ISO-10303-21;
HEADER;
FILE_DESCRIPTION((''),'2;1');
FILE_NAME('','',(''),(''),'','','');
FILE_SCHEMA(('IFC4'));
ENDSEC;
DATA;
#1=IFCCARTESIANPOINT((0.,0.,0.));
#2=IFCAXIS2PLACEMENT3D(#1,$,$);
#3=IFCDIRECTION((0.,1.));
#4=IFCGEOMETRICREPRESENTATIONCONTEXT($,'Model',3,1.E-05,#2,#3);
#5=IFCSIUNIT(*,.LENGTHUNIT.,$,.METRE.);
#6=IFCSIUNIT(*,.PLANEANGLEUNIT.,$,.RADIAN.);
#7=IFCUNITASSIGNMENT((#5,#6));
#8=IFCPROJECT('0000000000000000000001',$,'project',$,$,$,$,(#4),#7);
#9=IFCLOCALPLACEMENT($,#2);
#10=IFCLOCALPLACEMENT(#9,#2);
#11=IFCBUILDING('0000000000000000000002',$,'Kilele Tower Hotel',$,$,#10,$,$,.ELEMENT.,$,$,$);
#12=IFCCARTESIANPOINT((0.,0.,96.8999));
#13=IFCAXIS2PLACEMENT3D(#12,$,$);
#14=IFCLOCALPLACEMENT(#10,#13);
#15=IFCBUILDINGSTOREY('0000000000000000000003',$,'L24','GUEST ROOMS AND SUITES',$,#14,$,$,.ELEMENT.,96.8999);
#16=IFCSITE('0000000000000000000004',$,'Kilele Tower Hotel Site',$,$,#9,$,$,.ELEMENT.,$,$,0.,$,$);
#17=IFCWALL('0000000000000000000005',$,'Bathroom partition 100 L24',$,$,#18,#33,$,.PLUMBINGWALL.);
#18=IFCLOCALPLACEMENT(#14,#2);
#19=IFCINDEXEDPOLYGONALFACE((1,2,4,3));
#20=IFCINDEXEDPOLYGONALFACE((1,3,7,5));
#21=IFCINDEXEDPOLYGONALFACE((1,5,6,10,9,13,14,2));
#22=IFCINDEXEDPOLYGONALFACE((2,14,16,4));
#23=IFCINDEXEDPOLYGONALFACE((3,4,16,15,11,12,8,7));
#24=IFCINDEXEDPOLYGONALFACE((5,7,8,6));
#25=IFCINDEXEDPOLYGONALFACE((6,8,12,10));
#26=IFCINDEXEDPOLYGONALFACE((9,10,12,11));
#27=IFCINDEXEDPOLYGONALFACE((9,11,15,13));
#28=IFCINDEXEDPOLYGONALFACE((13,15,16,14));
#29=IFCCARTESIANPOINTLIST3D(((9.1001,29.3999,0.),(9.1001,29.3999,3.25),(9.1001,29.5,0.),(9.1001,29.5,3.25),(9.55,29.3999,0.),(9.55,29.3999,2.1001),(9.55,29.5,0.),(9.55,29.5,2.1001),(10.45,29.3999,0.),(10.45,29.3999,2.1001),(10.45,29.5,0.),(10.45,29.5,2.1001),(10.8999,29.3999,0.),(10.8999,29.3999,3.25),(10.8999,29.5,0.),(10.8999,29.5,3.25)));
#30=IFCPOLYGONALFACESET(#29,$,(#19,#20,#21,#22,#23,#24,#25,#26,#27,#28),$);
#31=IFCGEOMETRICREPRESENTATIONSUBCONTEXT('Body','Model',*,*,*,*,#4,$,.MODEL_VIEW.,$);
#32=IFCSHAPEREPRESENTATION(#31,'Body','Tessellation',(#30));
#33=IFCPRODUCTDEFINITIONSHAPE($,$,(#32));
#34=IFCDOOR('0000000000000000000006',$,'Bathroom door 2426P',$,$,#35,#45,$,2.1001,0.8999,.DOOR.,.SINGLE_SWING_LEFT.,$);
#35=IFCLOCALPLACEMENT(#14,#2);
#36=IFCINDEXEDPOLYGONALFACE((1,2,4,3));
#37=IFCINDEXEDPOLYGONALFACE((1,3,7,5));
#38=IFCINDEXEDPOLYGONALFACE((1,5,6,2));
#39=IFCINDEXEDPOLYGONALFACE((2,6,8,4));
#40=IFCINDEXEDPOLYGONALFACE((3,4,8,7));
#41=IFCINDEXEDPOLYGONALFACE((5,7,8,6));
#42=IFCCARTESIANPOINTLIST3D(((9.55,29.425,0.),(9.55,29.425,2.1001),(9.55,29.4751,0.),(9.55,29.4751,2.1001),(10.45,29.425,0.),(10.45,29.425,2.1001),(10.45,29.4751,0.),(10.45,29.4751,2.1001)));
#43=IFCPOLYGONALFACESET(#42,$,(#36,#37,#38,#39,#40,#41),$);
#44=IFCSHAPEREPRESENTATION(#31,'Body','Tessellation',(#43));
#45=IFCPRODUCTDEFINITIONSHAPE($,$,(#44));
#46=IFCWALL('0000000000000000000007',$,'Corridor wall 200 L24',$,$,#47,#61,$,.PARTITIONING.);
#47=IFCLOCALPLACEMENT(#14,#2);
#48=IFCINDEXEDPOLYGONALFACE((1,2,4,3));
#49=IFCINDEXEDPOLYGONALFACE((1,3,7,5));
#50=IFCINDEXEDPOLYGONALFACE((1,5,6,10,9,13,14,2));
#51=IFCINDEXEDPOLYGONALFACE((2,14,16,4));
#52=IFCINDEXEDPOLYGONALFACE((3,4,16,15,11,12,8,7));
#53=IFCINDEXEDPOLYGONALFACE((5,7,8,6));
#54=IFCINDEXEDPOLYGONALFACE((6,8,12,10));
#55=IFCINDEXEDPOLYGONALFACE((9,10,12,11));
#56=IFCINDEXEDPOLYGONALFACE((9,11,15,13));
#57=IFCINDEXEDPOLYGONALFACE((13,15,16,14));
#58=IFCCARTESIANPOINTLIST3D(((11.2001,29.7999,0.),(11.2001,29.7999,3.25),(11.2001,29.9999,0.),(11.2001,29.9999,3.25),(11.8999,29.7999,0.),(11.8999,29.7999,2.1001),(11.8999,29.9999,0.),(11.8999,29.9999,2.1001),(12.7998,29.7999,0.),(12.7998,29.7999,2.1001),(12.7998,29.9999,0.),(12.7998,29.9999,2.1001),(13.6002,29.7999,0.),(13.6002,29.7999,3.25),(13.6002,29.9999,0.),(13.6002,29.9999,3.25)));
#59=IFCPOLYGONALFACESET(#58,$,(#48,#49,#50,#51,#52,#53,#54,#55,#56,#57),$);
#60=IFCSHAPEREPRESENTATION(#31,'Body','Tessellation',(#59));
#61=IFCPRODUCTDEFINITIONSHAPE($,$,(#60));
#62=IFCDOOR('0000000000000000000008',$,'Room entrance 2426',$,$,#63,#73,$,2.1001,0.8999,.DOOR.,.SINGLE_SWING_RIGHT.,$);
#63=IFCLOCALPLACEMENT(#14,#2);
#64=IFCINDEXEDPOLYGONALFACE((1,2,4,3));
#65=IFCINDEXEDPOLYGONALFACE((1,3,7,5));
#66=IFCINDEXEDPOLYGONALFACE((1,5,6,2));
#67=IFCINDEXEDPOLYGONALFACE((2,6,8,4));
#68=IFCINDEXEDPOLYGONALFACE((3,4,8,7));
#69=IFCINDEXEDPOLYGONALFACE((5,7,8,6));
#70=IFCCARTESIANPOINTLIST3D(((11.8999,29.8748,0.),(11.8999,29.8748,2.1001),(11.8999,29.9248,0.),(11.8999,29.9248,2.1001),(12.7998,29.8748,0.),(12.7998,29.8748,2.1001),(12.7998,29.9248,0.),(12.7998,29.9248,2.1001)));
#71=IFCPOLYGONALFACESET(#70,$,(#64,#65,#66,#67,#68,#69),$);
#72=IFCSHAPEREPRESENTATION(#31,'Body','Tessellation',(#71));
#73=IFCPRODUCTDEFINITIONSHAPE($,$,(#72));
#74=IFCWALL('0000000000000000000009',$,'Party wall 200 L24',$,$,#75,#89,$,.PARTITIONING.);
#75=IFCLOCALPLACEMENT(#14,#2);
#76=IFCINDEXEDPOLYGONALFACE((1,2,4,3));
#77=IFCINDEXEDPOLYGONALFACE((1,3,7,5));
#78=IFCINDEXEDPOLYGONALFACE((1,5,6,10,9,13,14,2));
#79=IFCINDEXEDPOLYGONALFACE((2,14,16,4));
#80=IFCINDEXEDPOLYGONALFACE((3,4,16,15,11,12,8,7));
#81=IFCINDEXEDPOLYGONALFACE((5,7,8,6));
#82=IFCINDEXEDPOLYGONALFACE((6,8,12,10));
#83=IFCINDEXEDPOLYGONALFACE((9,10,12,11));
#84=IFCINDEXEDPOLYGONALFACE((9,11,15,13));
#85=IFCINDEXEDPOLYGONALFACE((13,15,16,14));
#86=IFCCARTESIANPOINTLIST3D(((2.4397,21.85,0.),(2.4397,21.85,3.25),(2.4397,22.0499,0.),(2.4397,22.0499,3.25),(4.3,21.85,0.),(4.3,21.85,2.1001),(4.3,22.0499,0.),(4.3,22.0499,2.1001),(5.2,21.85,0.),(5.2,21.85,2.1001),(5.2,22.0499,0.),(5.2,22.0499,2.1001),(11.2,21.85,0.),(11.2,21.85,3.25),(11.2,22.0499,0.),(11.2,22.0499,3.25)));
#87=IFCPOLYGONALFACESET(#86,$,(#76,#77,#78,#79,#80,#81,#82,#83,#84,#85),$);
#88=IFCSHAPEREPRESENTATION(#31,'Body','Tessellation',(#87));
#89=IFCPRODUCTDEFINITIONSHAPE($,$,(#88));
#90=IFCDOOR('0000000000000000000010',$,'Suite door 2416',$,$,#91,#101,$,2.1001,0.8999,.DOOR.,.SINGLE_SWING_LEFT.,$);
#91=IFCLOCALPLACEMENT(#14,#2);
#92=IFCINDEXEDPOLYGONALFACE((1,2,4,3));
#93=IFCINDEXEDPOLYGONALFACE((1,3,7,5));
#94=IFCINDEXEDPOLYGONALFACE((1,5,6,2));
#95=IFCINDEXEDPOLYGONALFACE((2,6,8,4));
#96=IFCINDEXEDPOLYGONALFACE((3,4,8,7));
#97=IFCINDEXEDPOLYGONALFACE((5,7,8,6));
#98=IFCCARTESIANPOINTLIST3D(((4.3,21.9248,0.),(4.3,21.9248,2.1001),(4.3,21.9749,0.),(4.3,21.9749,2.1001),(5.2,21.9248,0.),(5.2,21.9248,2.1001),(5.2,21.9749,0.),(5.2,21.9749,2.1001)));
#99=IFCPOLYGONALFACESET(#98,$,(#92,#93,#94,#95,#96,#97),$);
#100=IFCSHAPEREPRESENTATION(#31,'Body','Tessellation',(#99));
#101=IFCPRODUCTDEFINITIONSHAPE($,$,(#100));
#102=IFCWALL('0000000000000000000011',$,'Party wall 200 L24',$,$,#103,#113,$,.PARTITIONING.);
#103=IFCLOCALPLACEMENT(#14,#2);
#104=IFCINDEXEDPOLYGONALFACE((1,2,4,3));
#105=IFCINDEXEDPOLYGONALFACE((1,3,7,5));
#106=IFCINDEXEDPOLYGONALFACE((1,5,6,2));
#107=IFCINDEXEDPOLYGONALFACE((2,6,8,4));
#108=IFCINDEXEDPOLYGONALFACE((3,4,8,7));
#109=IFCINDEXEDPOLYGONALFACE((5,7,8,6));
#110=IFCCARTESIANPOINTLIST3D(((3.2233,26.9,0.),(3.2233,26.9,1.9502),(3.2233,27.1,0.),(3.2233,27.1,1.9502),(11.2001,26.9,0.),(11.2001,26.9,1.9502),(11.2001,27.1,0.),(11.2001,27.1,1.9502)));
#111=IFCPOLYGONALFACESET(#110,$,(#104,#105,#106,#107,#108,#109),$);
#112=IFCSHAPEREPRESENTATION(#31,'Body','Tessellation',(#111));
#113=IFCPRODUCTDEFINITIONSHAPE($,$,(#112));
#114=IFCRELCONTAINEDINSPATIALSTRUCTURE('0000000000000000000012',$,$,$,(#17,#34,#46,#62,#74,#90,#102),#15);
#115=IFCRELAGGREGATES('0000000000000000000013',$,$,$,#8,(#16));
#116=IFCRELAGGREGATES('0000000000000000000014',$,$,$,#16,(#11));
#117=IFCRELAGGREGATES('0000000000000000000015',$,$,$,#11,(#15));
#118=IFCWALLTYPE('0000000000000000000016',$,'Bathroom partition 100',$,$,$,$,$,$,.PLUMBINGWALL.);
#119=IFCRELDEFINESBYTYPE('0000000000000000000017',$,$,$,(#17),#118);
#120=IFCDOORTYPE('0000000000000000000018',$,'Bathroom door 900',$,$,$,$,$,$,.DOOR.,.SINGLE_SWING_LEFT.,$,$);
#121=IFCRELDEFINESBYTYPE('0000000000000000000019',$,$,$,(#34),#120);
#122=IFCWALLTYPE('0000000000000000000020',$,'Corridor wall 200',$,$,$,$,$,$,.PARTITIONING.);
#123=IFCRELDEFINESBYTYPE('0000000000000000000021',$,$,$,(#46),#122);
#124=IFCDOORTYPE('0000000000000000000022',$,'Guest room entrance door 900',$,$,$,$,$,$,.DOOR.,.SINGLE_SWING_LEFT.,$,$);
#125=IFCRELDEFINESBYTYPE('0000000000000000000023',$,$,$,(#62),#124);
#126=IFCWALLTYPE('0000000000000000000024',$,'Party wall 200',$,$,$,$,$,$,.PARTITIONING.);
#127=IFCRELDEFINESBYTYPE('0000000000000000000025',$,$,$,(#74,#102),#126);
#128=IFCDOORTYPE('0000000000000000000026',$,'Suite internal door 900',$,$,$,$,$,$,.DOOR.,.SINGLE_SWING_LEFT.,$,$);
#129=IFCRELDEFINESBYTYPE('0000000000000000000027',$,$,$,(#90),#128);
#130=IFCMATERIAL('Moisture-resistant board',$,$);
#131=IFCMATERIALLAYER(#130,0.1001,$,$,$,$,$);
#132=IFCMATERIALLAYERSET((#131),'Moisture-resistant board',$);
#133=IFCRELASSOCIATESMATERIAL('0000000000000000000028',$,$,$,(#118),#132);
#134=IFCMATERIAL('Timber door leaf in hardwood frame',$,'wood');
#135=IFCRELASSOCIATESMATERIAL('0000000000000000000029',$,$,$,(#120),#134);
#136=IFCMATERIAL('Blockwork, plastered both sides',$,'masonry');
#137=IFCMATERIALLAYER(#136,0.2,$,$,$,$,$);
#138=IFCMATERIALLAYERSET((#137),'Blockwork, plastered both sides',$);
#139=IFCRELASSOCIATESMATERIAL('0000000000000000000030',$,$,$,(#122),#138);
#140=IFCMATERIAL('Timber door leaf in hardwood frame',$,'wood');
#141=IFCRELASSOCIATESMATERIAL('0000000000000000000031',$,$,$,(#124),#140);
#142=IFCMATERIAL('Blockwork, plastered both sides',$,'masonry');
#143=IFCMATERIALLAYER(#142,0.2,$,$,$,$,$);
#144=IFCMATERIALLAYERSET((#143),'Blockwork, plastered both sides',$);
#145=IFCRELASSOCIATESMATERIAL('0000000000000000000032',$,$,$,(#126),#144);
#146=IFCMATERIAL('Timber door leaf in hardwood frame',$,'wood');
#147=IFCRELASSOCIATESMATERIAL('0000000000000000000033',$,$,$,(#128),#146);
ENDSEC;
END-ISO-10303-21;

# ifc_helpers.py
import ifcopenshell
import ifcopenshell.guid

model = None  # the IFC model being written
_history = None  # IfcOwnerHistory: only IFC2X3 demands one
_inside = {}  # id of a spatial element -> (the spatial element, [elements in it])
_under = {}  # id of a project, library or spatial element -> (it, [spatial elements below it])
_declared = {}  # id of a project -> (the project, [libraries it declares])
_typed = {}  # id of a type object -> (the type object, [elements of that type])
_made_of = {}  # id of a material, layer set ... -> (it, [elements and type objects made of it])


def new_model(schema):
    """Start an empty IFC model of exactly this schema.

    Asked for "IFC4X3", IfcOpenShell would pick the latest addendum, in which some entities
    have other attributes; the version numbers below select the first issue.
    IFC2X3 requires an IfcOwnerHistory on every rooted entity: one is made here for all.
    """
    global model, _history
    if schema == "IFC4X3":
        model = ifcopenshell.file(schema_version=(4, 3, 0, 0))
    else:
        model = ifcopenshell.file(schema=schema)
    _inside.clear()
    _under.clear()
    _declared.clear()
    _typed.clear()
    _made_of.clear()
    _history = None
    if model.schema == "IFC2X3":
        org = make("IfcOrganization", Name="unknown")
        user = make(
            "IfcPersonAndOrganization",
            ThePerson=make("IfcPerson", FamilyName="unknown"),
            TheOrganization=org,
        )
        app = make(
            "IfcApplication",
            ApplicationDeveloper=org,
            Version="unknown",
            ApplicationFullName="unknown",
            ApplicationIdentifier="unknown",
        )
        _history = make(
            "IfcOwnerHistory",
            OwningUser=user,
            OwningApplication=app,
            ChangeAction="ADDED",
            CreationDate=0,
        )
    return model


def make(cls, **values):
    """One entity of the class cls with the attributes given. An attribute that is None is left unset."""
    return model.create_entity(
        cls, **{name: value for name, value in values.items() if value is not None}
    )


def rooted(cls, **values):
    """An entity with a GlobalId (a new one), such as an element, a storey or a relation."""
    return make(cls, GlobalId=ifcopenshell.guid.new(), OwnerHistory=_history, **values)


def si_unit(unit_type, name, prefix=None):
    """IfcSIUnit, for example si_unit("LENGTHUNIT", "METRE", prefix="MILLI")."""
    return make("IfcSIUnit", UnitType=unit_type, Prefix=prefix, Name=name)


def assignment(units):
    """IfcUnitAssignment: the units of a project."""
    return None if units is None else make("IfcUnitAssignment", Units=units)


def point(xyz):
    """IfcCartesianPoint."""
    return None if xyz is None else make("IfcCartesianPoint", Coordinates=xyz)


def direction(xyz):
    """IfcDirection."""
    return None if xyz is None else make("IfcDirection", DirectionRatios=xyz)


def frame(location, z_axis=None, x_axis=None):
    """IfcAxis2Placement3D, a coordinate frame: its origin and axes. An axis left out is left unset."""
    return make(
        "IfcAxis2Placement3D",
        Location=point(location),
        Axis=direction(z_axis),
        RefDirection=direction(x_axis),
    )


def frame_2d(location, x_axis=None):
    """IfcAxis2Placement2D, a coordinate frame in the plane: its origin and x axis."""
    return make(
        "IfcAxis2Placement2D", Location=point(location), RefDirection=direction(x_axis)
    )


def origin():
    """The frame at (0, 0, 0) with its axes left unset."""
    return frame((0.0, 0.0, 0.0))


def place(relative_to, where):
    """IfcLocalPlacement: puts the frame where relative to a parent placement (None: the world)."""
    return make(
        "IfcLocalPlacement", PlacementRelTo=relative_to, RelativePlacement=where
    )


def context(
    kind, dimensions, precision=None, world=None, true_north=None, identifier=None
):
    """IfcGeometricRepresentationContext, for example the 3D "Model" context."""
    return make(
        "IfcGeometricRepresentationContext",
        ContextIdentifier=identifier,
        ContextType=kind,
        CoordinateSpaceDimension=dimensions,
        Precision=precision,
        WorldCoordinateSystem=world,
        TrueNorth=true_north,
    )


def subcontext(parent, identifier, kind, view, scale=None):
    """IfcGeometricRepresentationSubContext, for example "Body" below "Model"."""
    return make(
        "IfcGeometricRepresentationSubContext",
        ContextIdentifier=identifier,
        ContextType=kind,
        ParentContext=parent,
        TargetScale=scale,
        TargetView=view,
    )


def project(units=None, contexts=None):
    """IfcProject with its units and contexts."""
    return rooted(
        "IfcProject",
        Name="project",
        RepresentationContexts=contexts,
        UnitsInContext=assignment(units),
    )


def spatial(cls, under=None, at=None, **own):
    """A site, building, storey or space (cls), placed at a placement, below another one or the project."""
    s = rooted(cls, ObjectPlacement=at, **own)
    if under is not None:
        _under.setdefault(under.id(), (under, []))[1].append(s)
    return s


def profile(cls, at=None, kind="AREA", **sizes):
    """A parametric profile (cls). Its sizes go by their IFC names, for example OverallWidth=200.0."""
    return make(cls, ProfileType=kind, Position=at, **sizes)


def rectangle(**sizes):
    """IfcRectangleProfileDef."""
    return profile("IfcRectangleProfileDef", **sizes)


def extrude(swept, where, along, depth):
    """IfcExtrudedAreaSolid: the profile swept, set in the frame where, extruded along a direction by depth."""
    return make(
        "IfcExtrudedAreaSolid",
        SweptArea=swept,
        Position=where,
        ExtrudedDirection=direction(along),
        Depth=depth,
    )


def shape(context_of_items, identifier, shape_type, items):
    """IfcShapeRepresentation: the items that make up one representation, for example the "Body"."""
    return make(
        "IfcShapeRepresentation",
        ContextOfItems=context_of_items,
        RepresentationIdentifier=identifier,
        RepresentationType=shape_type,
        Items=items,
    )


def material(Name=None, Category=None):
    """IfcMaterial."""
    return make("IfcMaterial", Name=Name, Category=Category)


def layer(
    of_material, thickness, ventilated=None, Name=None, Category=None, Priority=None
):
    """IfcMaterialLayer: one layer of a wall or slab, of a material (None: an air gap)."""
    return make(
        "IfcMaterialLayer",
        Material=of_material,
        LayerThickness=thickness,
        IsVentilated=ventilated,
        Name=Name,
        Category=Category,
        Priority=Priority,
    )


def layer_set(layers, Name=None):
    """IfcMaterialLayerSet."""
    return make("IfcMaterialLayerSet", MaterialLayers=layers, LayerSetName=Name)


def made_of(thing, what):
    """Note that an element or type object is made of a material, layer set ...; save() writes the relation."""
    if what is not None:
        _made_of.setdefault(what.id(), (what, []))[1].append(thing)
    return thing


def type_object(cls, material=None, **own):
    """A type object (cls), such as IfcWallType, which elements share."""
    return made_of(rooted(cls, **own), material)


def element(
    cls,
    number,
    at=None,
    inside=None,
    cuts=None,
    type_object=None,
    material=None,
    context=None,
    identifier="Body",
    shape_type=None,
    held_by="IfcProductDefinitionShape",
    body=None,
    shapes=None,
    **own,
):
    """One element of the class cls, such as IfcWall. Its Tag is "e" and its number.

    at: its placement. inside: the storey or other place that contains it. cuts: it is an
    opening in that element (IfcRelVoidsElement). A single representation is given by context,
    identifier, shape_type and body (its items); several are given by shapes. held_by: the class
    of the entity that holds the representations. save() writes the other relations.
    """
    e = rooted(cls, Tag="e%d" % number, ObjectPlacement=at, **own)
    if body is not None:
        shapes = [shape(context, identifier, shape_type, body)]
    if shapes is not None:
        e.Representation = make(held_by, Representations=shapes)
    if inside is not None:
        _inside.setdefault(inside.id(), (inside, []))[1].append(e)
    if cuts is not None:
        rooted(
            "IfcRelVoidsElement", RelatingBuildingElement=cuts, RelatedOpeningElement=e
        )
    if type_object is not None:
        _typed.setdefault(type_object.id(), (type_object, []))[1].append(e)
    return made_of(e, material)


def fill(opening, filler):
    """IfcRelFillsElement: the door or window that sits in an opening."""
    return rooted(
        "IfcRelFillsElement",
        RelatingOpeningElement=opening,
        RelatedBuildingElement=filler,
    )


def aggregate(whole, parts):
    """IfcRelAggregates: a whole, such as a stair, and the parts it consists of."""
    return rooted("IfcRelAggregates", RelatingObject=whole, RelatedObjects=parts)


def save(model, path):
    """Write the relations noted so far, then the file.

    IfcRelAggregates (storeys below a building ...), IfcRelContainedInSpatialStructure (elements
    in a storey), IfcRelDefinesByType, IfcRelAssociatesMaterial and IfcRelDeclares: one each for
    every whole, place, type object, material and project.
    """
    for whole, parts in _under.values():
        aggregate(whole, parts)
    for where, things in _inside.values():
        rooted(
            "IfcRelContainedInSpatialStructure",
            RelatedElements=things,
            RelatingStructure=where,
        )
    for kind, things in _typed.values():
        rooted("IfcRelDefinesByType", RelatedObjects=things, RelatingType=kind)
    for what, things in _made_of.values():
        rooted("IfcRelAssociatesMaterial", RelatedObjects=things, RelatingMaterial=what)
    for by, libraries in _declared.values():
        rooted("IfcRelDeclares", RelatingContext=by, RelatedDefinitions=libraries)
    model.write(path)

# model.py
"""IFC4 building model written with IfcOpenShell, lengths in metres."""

from ifc_helpers import new_model, si_unit, direction, frame, frame_2d, origin, place, context, subcontext, project, spatial, rectangle, extrude, material, layer, layer_set, type_object, element, fill, save


model = new_model("IFC4")

# Units and contexts
model_context = context("Model", 3, precision=1e-05, world=origin(), true_north=direction((0.0, 1.0)))
body_context = subcontext(model_context, "Body", "Model", "MODEL_VIEW")
ifc_project = project(units=[si_unit("LENGTHUNIT", "METRE"), si_unit("PLANEANGLEUNIT", "RADIAN")], contexts=[model_context])

# Site, building, storey
site_placement = place(None, origin())
site = spatial("IfcSite", under=ifc_project, at=site_placement, Name="Kilele Tower Hotel Site", CompositionType="ELEMENT", RefElevation=0.0)
building_placement = place(site_placement, origin())
building = spatial("IfcBuilding", under=site, at=building_placement, Name="Kilele Tower Hotel", CompositionType="ELEMENT")
storey_placement = place(building_placement, frame((0.0, 0.0, 96.8999)))
storey = spatial("IfcBuildingStorey", under=building, at=storey_placement, Name="L24", Description="GUEST ROOMS AND SUITES", CompositionType="ELEMENT", Elevation=96.8999)

# Shared definitions
ifc_material_1 = material(Name="Moisture-resistant board")
ifc_layer_1 = layer(ifc_material_1, 0.1001)
ifc_layer_set_1 = layer_set([ifc_layer_1], Name="Moisture-resistant board")
wall_type_1 = type_object("IfcWallType", Name="Bathroom partition 100", PredefinedType="PLUMBINGWALL", material=ifc_layer_set_1)
ifc_material_2 = material(Name="Timber door leaf in hardwood frame", Category="wood")
door_type_1 = type_object("IfcDoorType", Name="Bathroom door 900", OperationType="SINGLE_SWING_LEFT", PredefinedType="DOOR", material=ifc_material_2)

# Walls, openings, doors
wall_1_placement = place(storey_placement, frame((10.8999, 29.45, 0.0), z_axis=(0.0, 0.0, 1.0), x_axis=(-1.0, 0.0, 0.0)))
wall_1 = element("IfcWall", 1, at=wall_1_placement, inside=storey, type_object=wall_type_1, Name="Bathroom partition 100 L24", PredefinedType="PLUMBINGWALL", context=body_context, shape_type="SweptSolid", body=[
    extrude(rectangle(XDim=1.7998, YDim=0.1001, at=frame_2d((0.8999, 0.0))), origin(), (0.0, 0.0, 1.0), 3.25),
])
opening_1_placement = place(wall_1_placement, frame((0.45, 0.0, 0.0)))
opening_1 = element("IfcOpeningElement", 2, at=opening_1_placement, cuts=wall_1, PredefinedType="OPENING", context=body_context, shape_type="SweptSolid", body=[
    extrude(rectangle(XDim=0.8999, YDim=2.1001, at=frame_2d((0.45, 1.05))), frame((0.0, 0.0601, 0.0), z_axis=(0.0, -1.0, 0.0), x_axis=(1.0, 0.0, 0.0)), (0.0, 0.0, 1.0), 0.1201),
])
door_1_placement = place(opening_1_placement, origin())
door_1 = element("IfcDoor", 3, at=door_1_placement, inside=storey, type_object=door_type_1, Name="Bathroom door 2426P", OperationType="SINGLE_SWING_LEFT", OverallHeight=2.1001, OverallWidth=0.8999, PredefinedType="DOOR", context=body_context, shape_type="SweptSolid", body=[
    extrude(rectangle(XDim=0.8999, YDim=2.1001, at=frame_2d((0.45, 1.05))), frame((0.0, 0.0249, 0.0), z_axis=(0.0, -1.0, 0.0), x_axis=(1.0, 0.0, 0.0)), (0.0, 0.0, 1.0), 0.05),
])
fill(opening_1, door_1)
ifc_material_3 = material(Name="Blockwork, plastered both sides", Category="masonry")
ifc_layer_2 = layer(ifc_material_3, 0.2)
ifc_layer_set_2 = layer_set([ifc_layer_2], Name="Blockwork, plastered both sides")
wall_type_2 = type_object("IfcWallType", Name="Corridor wall 200", PredefinedType="PARTITIONING", material=ifc_layer_set_2)
wall_2_placement = place(storey_placement, frame((11.2, 29.8999, 0.0), z_axis=(0.0, 0.0, 1.0), x_axis=(1.0, 0.0, 0.0)))
wall_2 = element("IfcWall", 4, at=wall_2_placement, inside=storey, type_object=wall_type_2, Name="Corridor wall 200 L24", PredefinedType="PARTITIONING", context=body_context, shape_type="SweptSolid", body=[
    extrude(rectangle(XDim=2.4001, YDim=0.2, at=frame_2d((1.2002, 0.0))), origin(), (0.0, 0.0, 1.0), 3.25),
])
opening_2_placement = place(wall_2_placement, frame((0.7, 0.0, 0.0)))
opening_2 = element("IfcOpeningElement", 5, at=opening_2_placement, cuts=wall_2, PredefinedType="OPENING", context=body_context, shape_type="SweptSolid", body=[
    extrude(rectangle(XDim=0.8999, YDim=2.1001, at=frame_2d((0.45, 1.05))), frame((0.0, 0.1099, 0.0), z_axis=(0.0, -1.0, 0.0), x_axis=(1.0, 0.0, 0.0)), (0.0, 0.0, 1.0), 0.22),
])
ifc_material_4 = material(Name="Timber door leaf in hardwood frame", Category="wood")
door_type_2 = type_object("IfcDoorType", Name="Guest room entrance door 900", OperationType="SINGLE_SWING_LEFT", PredefinedType="DOOR", material=ifc_material_4)
door_2_placement = place(opening_2_placement, origin())
door_2 = element("IfcDoor", 6, at=door_2_placement, inside=storey, type_object=door_type_2, Name="Room entrance 2426", OperationType="SINGLE_SWING_RIGHT", OverallHeight=2.1001, OverallWidth=0.8999, PredefinedType="DOOR", context=body_context, shape_type="SweptSolid", body=[
    extrude(rectangle(XDim=0.8999, YDim=2.1001, at=frame_2d((0.45, 1.05))), frame((0.0, 0.0249, 0.0), z_axis=(0.0, -1.0, 0.0), x_axis=(1.0, 0.0, 0.0)), (0.0, 0.0, 1.0), 0.05),
])
fill(opening_2, door_2)
ifc_material_5 = material(Name="Blockwork, plastered both sides", Category="masonry")
ifc_layer_3 = layer(ifc_material_5, 0.2)
ifc_layer_set_3 = layer_set([ifc_layer_3], Name="Blockwork, plastered both sides")
wall_type_3 = type_object("IfcWallType", Name="Party wall 200", PredefinedType="PARTITIONING", material=ifc_layer_set_3)
wall_3_placement = place(storey_placement, frame((11.2, 21.95, 0.0), z_axis=(0.0, 0.0, 1.0), x_axis=(-1.0, 0.0, 0.0)))
wall_3 = element("IfcWall", 7, at=wall_3_placement, inside=storey, type_object=wall_type_3, Name="Party wall 200 L24", PredefinedType="PARTITIONING", context=body_context, shape_type="SweptSolid", body=[
    extrude(rectangle(XDim=8.7603, YDim=0.2, at=frame_2d((4.3801, 0.0))), origin(), (0.0, 0.0, 1.0), 3.25),
])
opening_3_placement = place(wall_3_placement, frame((6.8999, 0.0, 0.0), z_axis=(0.0, 0.0, 1.0), x_axis=(-1.0, 0.0, 0.0)))
opening_3 = element("IfcOpeningElement", 8, at=opening_3_placement, cuts=wall_3, PredefinedType="OPENING", context=body_context, shape_type="SweptSolid", body=[
    extrude(rectangle(XDim=0.8999, YDim=2.1001, at=frame_2d((0.45, 1.05))), frame((0.0, 0.1099, 0.0), z_axis=(0.0, -1.0, 0.0), x_axis=(1.0, 0.0, 0.0)), (0.0, 0.0, 1.0), 0.22),
])
ifc_material_6 = material(Name="Timber door leaf in hardwood frame", Category="wood")
door_type_3 = type_object("IfcDoorType", Name="Suite internal door 900", OperationType="SINGLE_SWING_LEFT", PredefinedType="DOOR", material=ifc_material_6)
door_3_placement = place(opening_3_placement, origin())
door_3 = element("IfcDoor", 9, at=door_3_placement, inside=storey, type_object=door_type_3, Name="Suite door 2416", OperationType="SINGLE_SWING_LEFT", OverallHeight=2.1001, OverallWidth=0.8999, PredefinedType="DOOR", context=body_context, shape_type="SweptSolid", body=[
    extrude(rectangle(XDim=0.8999, YDim=2.1001, at=frame_2d((0.45, 1.05))), frame((0.0, 0.0249, 0.0), z_axis=(0.0, -1.0, 0.0), x_axis=(1.0, 0.0, 0.0)), (0.0, 0.0, 1.0), 0.05),
])
fill(opening_3, door_3)

# Wall
wall_4_placement = place(storey_placement, frame((11.2, 27.0, 0.0), z_axis=(0.0, 0.0, 1.0), x_axis=(-1.0, 0.0, 0.0)))
element("IfcWall", 10, at=wall_4_placement, inside=storey, type_object=wall_type_3, Name="Party wall 200 L24", PredefinedType="PARTITIONING", context=body_context, shape_type="SweptSolid", body=[
    extrude(rectangle(XDim=7.9768, YDim=0.2, at=frame_2d((3.9883, 0.0))), origin(), (0.0, 0.0, 1.0), 1.9502),
])

save(model, "model.ifc")
